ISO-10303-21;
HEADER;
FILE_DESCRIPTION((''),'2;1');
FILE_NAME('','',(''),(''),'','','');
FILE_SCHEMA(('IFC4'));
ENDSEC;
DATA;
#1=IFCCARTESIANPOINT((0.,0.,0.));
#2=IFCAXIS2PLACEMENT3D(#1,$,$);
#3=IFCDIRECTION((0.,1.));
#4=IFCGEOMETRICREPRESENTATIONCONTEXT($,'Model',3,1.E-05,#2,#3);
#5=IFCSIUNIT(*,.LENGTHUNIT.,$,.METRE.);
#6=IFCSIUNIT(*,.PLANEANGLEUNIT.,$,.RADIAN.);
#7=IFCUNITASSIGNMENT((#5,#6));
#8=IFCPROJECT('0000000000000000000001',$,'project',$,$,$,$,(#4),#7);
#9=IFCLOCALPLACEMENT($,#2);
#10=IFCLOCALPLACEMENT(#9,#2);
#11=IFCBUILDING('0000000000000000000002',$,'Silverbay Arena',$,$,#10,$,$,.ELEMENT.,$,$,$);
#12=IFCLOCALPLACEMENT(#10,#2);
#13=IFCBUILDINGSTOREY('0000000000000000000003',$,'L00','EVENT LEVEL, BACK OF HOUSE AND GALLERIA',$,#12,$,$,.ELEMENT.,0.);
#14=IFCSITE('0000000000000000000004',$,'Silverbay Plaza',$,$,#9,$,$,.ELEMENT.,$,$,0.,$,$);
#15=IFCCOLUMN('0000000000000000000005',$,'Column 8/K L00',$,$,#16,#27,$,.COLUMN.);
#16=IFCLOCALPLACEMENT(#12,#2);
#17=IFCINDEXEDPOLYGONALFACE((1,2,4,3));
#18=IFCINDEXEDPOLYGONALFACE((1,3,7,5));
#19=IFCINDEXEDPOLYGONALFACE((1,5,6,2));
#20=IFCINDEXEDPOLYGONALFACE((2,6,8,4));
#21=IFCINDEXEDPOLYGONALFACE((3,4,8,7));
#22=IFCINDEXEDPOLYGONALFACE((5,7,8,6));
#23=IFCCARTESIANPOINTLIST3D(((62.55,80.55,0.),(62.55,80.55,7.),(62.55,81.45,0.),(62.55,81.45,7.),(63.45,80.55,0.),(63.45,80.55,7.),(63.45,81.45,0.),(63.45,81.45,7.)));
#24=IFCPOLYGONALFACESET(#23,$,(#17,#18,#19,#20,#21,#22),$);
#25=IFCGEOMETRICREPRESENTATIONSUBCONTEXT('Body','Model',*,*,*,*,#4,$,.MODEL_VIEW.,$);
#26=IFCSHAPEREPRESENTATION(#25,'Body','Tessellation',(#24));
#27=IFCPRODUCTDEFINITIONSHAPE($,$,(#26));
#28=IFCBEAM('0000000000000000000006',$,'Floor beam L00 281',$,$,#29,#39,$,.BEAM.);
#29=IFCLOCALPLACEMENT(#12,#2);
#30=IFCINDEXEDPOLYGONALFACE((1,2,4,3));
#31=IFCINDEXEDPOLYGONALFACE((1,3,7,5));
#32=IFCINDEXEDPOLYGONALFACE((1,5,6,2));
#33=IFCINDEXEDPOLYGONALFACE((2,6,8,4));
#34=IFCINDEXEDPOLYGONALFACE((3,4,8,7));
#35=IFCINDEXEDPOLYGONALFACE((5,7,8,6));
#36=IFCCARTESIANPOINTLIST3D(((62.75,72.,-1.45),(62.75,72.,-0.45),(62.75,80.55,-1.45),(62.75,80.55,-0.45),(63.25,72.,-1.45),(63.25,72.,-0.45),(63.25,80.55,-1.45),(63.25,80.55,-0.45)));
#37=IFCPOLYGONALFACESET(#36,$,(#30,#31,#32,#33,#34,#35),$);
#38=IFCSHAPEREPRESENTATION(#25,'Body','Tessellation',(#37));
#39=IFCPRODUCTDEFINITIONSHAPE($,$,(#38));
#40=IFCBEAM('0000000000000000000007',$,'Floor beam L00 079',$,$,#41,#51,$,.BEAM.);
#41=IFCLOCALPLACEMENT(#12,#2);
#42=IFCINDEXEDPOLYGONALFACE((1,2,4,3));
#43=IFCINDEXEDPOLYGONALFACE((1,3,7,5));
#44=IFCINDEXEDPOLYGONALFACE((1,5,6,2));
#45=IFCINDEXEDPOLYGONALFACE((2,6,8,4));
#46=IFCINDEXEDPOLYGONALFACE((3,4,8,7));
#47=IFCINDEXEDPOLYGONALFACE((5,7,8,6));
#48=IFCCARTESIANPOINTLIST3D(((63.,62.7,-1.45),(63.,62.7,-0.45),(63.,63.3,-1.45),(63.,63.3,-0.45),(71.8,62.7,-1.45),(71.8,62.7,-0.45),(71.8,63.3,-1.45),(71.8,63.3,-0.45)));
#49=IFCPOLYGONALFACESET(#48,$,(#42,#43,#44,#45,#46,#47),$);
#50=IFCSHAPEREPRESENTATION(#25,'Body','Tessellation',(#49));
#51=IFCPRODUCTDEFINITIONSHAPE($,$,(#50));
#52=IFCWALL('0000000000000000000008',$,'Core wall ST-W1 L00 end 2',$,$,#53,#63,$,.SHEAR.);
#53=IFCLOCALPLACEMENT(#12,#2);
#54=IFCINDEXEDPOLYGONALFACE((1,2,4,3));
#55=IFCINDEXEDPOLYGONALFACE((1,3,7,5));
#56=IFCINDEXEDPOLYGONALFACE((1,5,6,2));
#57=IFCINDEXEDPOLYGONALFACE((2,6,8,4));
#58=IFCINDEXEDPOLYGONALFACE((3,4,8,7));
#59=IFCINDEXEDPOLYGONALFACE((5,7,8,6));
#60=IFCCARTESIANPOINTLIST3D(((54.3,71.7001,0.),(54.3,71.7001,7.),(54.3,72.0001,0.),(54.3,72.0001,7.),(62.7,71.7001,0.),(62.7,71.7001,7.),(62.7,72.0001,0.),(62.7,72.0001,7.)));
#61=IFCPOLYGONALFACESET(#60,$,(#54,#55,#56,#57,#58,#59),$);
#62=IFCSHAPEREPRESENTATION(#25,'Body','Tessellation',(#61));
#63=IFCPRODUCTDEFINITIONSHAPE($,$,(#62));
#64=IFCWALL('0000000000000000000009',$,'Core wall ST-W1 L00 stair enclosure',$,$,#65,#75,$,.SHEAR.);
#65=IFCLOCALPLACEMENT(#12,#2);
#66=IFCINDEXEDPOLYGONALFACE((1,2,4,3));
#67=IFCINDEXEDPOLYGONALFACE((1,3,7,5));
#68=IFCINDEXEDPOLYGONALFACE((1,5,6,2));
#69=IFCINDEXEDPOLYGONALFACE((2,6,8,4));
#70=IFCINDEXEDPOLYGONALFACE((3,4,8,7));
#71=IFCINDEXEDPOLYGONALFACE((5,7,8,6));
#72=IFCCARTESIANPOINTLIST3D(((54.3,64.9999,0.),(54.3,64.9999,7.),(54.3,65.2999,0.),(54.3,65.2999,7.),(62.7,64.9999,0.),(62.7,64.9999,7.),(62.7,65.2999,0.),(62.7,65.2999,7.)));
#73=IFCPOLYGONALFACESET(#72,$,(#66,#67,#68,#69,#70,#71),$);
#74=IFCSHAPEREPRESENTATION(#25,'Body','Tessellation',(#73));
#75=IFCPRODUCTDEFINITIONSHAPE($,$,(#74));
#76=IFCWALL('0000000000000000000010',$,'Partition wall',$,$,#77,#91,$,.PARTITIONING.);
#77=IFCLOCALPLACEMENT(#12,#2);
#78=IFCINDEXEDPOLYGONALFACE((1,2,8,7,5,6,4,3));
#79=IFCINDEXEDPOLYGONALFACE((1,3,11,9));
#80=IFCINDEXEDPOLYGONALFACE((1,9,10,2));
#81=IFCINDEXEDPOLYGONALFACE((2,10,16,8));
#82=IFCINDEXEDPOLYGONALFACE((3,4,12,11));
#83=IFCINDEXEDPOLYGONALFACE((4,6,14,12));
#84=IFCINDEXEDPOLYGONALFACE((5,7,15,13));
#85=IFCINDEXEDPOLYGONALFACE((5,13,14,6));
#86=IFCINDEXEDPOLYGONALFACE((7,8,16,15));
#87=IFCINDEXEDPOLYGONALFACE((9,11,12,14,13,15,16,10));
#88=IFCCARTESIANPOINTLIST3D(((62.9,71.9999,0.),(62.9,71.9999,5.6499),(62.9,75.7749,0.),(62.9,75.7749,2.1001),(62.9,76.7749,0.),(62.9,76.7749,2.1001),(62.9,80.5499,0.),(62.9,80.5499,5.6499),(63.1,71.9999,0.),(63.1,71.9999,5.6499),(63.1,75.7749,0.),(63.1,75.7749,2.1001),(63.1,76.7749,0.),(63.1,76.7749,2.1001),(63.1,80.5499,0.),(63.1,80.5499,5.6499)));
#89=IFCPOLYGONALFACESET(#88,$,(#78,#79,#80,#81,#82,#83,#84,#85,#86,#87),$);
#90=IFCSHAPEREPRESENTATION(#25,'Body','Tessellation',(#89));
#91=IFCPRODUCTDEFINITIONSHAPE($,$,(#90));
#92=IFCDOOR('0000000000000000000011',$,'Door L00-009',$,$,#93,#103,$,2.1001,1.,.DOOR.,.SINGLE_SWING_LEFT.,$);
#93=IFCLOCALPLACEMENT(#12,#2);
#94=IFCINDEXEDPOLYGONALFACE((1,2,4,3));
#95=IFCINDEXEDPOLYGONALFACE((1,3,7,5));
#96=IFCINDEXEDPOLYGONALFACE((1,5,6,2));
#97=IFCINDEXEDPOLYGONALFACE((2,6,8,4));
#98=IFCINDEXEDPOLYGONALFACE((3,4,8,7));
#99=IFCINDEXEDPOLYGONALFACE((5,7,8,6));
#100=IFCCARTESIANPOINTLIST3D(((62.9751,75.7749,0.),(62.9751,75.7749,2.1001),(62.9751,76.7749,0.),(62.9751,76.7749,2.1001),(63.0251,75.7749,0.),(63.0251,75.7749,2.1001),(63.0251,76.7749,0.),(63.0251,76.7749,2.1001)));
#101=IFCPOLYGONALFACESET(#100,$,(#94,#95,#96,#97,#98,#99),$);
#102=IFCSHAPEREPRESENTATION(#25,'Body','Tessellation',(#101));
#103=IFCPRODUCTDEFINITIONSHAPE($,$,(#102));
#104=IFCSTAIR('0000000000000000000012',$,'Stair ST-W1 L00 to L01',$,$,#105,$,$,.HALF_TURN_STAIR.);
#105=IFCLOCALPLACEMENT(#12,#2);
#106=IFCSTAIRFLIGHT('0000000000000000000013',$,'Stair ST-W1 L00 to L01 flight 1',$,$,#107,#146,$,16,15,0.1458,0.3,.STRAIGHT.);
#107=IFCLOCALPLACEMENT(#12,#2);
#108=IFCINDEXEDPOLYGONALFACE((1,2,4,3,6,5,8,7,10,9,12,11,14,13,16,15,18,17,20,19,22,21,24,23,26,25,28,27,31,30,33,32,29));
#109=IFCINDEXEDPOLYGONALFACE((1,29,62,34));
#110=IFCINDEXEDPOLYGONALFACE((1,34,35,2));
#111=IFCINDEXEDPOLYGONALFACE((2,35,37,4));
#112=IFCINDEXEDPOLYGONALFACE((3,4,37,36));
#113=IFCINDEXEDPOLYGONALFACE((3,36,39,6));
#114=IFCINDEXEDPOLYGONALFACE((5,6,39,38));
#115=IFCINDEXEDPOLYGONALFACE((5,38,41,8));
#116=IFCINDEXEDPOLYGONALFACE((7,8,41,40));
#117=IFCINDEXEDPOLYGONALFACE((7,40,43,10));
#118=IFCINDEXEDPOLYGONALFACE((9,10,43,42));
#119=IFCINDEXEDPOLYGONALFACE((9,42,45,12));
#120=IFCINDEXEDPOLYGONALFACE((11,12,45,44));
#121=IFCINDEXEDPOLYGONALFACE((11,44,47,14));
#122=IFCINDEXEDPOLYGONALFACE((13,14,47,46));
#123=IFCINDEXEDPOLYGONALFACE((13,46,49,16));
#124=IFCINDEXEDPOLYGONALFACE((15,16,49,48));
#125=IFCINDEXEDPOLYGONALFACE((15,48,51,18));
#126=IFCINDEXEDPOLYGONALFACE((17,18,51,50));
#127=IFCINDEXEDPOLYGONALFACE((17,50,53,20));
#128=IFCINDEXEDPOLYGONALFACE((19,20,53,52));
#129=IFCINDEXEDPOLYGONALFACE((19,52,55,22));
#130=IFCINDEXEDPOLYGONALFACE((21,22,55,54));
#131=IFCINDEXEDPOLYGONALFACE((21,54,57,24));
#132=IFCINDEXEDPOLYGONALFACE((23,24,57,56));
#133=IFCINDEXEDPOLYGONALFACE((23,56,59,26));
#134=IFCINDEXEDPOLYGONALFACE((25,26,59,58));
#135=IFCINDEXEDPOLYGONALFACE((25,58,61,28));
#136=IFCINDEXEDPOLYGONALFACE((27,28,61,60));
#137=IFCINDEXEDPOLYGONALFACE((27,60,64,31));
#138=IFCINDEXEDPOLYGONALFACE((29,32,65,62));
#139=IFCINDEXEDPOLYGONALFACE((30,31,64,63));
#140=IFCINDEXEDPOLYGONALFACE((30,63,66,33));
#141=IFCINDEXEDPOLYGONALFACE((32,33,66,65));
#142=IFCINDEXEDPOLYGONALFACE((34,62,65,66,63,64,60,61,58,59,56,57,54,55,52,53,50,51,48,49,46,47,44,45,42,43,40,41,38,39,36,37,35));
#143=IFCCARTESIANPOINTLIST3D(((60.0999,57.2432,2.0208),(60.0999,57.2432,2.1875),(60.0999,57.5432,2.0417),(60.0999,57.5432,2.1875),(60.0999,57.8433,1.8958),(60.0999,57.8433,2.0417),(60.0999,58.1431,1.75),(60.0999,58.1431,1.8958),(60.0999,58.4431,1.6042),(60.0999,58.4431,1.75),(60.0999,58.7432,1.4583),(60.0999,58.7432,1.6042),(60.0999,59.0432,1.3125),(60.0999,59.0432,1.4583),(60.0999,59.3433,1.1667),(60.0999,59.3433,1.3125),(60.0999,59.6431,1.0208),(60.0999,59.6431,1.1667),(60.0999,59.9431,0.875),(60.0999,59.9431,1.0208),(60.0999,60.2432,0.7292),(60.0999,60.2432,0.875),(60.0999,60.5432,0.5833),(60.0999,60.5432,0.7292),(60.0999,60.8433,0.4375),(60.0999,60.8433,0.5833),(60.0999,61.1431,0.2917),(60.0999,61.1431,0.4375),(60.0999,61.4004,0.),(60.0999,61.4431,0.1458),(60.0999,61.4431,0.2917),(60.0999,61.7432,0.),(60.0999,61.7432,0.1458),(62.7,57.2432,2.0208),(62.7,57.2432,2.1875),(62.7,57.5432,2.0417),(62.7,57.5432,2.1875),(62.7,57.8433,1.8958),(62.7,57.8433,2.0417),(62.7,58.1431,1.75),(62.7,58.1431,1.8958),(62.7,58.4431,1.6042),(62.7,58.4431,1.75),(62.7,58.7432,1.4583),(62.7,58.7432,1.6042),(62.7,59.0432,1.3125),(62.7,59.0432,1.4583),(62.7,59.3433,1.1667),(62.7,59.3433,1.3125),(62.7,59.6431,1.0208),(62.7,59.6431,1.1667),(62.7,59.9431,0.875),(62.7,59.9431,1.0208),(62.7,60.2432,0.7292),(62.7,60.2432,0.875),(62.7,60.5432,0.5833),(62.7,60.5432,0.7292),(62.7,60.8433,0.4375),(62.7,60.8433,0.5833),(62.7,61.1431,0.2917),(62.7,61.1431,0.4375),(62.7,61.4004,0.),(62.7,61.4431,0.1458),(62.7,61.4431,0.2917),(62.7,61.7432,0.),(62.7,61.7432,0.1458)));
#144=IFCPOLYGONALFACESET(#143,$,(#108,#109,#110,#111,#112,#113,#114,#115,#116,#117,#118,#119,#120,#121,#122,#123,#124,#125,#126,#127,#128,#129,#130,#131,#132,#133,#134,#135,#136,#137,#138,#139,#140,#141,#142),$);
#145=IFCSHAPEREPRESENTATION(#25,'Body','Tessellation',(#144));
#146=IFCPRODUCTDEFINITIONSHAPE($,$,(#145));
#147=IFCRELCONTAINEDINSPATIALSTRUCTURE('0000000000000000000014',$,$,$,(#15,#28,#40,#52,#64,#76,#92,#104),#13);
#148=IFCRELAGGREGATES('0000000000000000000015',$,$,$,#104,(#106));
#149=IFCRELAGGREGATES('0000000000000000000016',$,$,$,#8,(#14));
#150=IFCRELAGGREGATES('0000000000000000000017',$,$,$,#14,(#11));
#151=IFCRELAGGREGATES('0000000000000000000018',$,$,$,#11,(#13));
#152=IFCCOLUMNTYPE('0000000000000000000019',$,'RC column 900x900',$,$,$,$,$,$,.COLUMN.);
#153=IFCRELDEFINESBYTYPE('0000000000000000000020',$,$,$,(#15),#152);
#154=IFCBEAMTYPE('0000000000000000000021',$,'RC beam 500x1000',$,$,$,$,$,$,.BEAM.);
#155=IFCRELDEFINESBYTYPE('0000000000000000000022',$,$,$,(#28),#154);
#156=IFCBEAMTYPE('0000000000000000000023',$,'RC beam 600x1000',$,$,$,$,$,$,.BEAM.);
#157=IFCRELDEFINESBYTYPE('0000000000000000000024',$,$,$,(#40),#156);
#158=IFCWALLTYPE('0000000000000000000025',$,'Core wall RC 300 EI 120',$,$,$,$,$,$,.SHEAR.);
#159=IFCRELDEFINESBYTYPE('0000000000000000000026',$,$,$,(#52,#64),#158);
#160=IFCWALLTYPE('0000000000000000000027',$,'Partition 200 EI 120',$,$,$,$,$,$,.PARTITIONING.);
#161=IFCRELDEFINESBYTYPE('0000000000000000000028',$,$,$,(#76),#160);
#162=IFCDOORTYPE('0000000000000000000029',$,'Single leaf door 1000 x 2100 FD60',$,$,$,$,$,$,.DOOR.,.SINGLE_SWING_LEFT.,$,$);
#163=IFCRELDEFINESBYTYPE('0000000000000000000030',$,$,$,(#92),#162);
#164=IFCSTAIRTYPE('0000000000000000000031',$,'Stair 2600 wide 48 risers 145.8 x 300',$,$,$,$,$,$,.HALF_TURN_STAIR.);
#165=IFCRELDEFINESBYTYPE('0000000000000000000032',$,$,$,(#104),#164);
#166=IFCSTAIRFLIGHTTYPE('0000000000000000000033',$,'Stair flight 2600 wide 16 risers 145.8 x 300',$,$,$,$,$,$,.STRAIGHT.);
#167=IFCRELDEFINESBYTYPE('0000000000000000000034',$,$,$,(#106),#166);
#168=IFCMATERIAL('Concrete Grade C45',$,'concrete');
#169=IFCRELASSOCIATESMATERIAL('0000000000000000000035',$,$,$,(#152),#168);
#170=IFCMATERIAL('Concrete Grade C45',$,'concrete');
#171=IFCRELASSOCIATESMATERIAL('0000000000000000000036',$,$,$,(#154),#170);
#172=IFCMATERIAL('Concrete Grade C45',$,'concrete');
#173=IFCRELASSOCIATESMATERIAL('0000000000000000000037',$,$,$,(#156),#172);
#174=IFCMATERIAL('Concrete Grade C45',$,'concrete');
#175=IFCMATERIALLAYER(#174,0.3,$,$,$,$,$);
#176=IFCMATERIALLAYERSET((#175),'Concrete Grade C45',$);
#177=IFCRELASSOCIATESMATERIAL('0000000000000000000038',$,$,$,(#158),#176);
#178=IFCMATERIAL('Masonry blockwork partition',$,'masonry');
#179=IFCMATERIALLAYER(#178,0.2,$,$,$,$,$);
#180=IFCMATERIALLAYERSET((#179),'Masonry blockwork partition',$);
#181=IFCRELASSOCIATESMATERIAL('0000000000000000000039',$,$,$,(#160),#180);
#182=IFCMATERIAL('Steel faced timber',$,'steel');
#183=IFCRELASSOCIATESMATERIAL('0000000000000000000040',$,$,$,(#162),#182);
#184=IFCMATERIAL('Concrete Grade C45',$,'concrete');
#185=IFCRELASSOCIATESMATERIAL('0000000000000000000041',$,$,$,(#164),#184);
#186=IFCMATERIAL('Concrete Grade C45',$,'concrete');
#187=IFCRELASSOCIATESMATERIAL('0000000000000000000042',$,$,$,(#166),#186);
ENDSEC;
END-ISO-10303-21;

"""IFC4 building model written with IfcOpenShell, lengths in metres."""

from ifc_helpers import new_model, si_unit, direction, frame, frame_2d, origin, origin_2d, place, context, subcontext, project, spatial, polyline, rectangle, outline, extrude, material, layer, layer_set, material_profile, profile_set, type_object, element, fill, aggregate, save


model = new_model("IFC4")

# Units and contexts
model_context = context("Model", 3, precision=1e-05, world=origin(), true_north=direction((0.0, 1.0)))
body_context = subcontext(model_context, "Body", "Model", "MODEL_VIEW")
ifc_project = project(units=[si_unit("LENGTHUNIT", "METRE"), si_unit("PLANEANGLEUNIT", "RADIAN")], contexts=[model_context])

# Site, building, storey
site_placement = place(None, origin())
site = spatial("IfcSite", under=ifc_project, at=site_placement, Name="Silverbay Plaza", CompositionType="ELEMENT", RefElevation=0.0)
building_placement = place(site_placement, origin())
building = spatial("IfcBuilding", under=site, at=building_placement, Name="Silverbay Arena", CompositionType="ELEMENT")
storey_placement = place(building_placement, origin())
storey = spatial("IfcBuildingStorey", under=building, at=storey_placement, Name="L00", Description="EVENT LEVEL, BACK OF HOUSE AND GALLERIA", CompositionType="ELEMENT", Elevation=0.0)

# Column
ifc_material_1 = material(Name="Concrete Grade C45", Category="concrete")
ifc_material_profile_1 = material_profile(ifc_material_1, rectangle(XDim=0.8999, YDim=0.8999, at=origin_2d()), Name="RC 900x900")
ifc_profile_set_1 = profile_set([ifc_material_profile_1], Name="Concrete Grade C45")
column_type = type_object("IfcColumnType", Name="RC column 900x900", PredefinedType="COLUMN", material=ifc_profile_set_1)
column_placement = place(storey_placement, frame((63.0, 81.0, 0.0), z_axis=(0.0, 0.0, 1.0), x_axis=(1.0, 0.0, 0.0)))
element("IfcColumn", 1, at=column_placement, inside=storey, type_object=column_type, Name="Column 8/K L00", PredefinedType="COLUMN", context=body_context, shape_type="SweptSolid", body=[
    extrude(rectangle(XDim=0.8999, YDim=0.8999, at=origin_2d()), origin(), (0.0, 0.0, 1.0), 7.0),
])

# Beams
ifc_material_2 = material(Name="Concrete Grade C45", Category="concrete")
ifc_material_profile_2 = material_profile(ifc_material_2, rectangle(XDim=0.5, YDim=1.0, at=origin_2d()), Name="RC 500x1000")
ifc_profile_set_2 = profile_set([ifc_material_profile_2], Name="Concrete Grade C45")
beam_type_1 = type_object("IfcBeamType", Name="RC beam 500x1000", PredefinedType="BEAM", material=ifc_profile_set_2)
beam_1_placement = place(storey_placement, frame((63.0, 72.0, -0.95), z_axis=(0.0, 1.0, 0.0), x_axis=(-1.0, 0.0, 0.0)))
element("IfcBeam", 2, at=beam_1_placement, inside=storey, type_object=beam_type_1, Name="Floor beam L00 281", PredefinedType="BEAM", context=body_context, shape_type="SweptSolid", body=[
    extrude(rectangle(XDim=0.5, YDim=1.0, at=origin_2d()), origin(), (0.0, 0.0, 1.0), 8.55),
])
ifc_material_3 = material(Name="Concrete Grade C45", Category="concrete")
ifc_material_profile_3 = material_profile(ifc_material_3, rectangle(XDim=0.6001, YDim=1.0, at=origin_2d()), Name="RC 600x1000")
ifc_profile_set_3 = profile_set([ifc_material_profile_3], Name="Concrete Grade C45")
beam_type_2 = type_object("IfcBeamType", Name="RC beam 600x1000", PredefinedType="BEAM", material=ifc_profile_set_3)
beam_2_placement = place(storey_placement, frame((63.0, 63.0, -0.95), z_axis=(1.0, 0.0, 0.0), x_axis=(0.0, 1.0, 0.0)))
element("IfcBeam", 3, at=beam_2_placement, inside=storey, type_object=beam_type_2, Name="Floor beam L00 079", PredefinedType="BEAM", context=body_context, shape_type="SweptSolid", body=[
    extrude(rectangle(XDim=0.6001, YDim=1.0, at=origin_2d()), origin(), (0.0, 0.0, 1.0), 8.8),
])

# Walls
ifc_material_4 = material(Name="Concrete Grade C45", Category="concrete")
ifc_layer_1 = layer(ifc_material_4, 0.3)
ifc_layer_set_1 = layer_set([ifc_layer_1], Name="Concrete Grade C45")
wall_type_1 = type_object("IfcWallType", Name="Core wall RC 300 EI 120", PredefinedType="SHEAR", material=ifc_layer_set_1)
for number, where, z_axis, x_axis, name in (
    (4, (62.7, 71.8501, 0.0), (0.0, 0.0, 1.0), (-1.0, 0.0, 0.0), "Core wall ST-W1 L00 end 2"),
    (5, (62.7, 65.1499, 0.0), (0.0, 0.0, 1.0), (-1.0, 0.0, 0.0), "Core wall ST-W1 L00 stair enclosure"),
):
    element("IfcWall", number, at=place(storey_placement, frame(where, z_axis=z_axis, x_axis=x_axis)), inside=storey, type_object=wall_type_1, Name=name, PredefinedType="SHEAR", context=body_context, shape_type="SweptSolid", body=[
        extrude(rectangle(XDim=8.3999, YDim=0.3, at=frame_2d((4.2, 0.0))), origin(), (0.0, 0.0, 1.0), 7.0),
    ])

# Wall, opening, door
ifc_material_5 = material(Name="Masonry blockwork partition", Category="masonry")
ifc_layer_2 = layer(ifc_material_5, 0.2)
ifc_layer_set_2 = layer_set([ifc_layer_2], Name="Masonry blockwork partition")
wall_type_2 = type_object("IfcWallType", Name="Partition 200 EI 120", PredefinedType="PARTITIONING", material=ifc_layer_set_2)
wall_placement = place(storey_placement, frame((63.0, 72.0, 0.0), z_axis=(0.0, 0.0, 1.0), x_axis=(0.0, 1.0, 0.0)))
wall = element("IfcWall", 6, at=wall_placement, inside=storey, type_object=wall_type_2, Name="Partition wall", PredefinedType="PARTITIONING", context=body_context, shape_type="SweptSolid", body=[
    extrude(rectangle(XDim=8.55, YDim=0.2, at=frame_2d((4.2749, 0.0))), origin(), (0.0, 0.0, 1.0), 5.6499),
])
opening_placement = place(wall_placement, frame((3.7749, 0.0, 0.0)))
opening = element("IfcOpeningElement", 7, at=opening_placement, cuts=wall, PredefinedType="OPENING", context=body_context, shape_type="SweptSolid", body=[
    extrude(rectangle(XDim=1.0, YDim=2.1001, at=frame_2d((0.5, 1.05))), frame((0.0, 0.1099, 0.0), z_axis=(0.0, -1.0, 0.0), x_axis=(1.0, 0.0, 0.0)), (0.0, 0.0, 1.0), 0.22),
])
ifc_material_6 = material(Name="Steel faced timber", Category="steel")
door_type = type_object("IfcDoorType", Name="Single leaf door 1000 x 2100 FD60", OperationType="SINGLE_SWING_LEFT", PredefinedType="DOOR", material=ifc_material_6)
door_placement = place(opening_placement, origin())
door = element("IfcDoor", 8, at=door_placement, inside=storey, type_object=door_type, Name="Door L00-009", OperationType="SINGLE_SWING_LEFT", OverallHeight=2.1001, OverallWidth=1.0, PredefinedType="DOOR", context=body_context, shape_type="SweptSolid", body=[
    extrude(rectangle(XDim=1.0, YDim=2.1001, at=frame_2d((0.5, 1.05))), frame((0.0, 0.0249, 0.0), z_axis=(0.0, -1.0, 0.0), x_axis=(1.0, 0.0, 0.0)), (0.0, 0.0, 1.0), 0.05),
])
fill(opening, door)

# Stair, stair flight
ifc_material_7 = material(Name="Concrete Grade C45", Category="concrete")
stair_type = type_object("IfcStairType", Name="Stair 2600 wide 48 risers 145.8 x 300", PredefinedType="HALF_TURN_STAIR", material=ifc_material_7)
stair_placement = place(storey_placement, origin())
stair = element("IfcStair", 9, at=stair_placement, inside=storey, type_object=stair_type, Name="Stair ST-W1 L00 to L01", PredefinedType="HALF_TURN_STAIR")
ifc_material_8 = material(Name="Concrete Grade C45", Category="concrete")
stair_flight_type = type_object("IfcStairFlightType", Name="Stair flight 2600 wide 16 risers 145.8 x 300", PredefinedType="STRAIGHT", material=ifc_material_8)
stair_flight_1_placement = place(storey_placement, frame((61.3999, 61.7432, 0.0), z_axis=(0.0, 0.0, 1.0), x_axis=(0.0, -1.0, 0.0)))
stair_flight_1 = element("IfcStairFlight", 10, at=stair_flight_1_placement, type_object=stair_flight_type, Name="Stair ST-W1 L00 to L01 flight 1", NumberOfRisers=16, NumberOfTreads=15, PredefinedType="STRAIGHT", RiserHeight=0.1458, TreadLength=0.3, context=body_context, shape_type="SweptSolid", body=[
    extrude(outline(polyline([(0.0, 0.0), (0.0, 0.1458), (0.3, 0.1458), (0.3, 0.2917), (0.6001, 0.2917), (0.6001, 0.4375), (0.8999, 0.4375), (0.8999, 0.5833), (1.2, 0.5833), (1.2, 0.7292), (1.5, 0.7292), (1.5, 0.875), (1.8, 0.875), (1.8, 1.0208), (2.1001, 1.0208), (2.1001, 1.1667), (2.3999, 1.1667), (2.3999, 1.3125), (2.7, 1.3125), (2.7, 1.4583), (3.0, 1.4583), (3.0, 1.6042), (3.3, 1.6042), (3.3, 1.75), (3.6001, 1.75), (3.6001, 1.8958), (3.8999, 1.8958), (3.8999, 2.0417), (4.2, 2.0417), (4.2, 2.1875), (4.5, 2.1875), (4.5, 2.0208), (0.3428, 0.0), (0.0, 0.0)])), frame((0.0, 1.3, 0.0), z_axis=(0.0, -1.0, 0.0), x_axis=(1.0, 0.0, 0.0)), (0.0, 0.0, 1.0), 2.6001),
])
aggregate(stair, [stair_flight_1])

save(model, "model.ifc")
